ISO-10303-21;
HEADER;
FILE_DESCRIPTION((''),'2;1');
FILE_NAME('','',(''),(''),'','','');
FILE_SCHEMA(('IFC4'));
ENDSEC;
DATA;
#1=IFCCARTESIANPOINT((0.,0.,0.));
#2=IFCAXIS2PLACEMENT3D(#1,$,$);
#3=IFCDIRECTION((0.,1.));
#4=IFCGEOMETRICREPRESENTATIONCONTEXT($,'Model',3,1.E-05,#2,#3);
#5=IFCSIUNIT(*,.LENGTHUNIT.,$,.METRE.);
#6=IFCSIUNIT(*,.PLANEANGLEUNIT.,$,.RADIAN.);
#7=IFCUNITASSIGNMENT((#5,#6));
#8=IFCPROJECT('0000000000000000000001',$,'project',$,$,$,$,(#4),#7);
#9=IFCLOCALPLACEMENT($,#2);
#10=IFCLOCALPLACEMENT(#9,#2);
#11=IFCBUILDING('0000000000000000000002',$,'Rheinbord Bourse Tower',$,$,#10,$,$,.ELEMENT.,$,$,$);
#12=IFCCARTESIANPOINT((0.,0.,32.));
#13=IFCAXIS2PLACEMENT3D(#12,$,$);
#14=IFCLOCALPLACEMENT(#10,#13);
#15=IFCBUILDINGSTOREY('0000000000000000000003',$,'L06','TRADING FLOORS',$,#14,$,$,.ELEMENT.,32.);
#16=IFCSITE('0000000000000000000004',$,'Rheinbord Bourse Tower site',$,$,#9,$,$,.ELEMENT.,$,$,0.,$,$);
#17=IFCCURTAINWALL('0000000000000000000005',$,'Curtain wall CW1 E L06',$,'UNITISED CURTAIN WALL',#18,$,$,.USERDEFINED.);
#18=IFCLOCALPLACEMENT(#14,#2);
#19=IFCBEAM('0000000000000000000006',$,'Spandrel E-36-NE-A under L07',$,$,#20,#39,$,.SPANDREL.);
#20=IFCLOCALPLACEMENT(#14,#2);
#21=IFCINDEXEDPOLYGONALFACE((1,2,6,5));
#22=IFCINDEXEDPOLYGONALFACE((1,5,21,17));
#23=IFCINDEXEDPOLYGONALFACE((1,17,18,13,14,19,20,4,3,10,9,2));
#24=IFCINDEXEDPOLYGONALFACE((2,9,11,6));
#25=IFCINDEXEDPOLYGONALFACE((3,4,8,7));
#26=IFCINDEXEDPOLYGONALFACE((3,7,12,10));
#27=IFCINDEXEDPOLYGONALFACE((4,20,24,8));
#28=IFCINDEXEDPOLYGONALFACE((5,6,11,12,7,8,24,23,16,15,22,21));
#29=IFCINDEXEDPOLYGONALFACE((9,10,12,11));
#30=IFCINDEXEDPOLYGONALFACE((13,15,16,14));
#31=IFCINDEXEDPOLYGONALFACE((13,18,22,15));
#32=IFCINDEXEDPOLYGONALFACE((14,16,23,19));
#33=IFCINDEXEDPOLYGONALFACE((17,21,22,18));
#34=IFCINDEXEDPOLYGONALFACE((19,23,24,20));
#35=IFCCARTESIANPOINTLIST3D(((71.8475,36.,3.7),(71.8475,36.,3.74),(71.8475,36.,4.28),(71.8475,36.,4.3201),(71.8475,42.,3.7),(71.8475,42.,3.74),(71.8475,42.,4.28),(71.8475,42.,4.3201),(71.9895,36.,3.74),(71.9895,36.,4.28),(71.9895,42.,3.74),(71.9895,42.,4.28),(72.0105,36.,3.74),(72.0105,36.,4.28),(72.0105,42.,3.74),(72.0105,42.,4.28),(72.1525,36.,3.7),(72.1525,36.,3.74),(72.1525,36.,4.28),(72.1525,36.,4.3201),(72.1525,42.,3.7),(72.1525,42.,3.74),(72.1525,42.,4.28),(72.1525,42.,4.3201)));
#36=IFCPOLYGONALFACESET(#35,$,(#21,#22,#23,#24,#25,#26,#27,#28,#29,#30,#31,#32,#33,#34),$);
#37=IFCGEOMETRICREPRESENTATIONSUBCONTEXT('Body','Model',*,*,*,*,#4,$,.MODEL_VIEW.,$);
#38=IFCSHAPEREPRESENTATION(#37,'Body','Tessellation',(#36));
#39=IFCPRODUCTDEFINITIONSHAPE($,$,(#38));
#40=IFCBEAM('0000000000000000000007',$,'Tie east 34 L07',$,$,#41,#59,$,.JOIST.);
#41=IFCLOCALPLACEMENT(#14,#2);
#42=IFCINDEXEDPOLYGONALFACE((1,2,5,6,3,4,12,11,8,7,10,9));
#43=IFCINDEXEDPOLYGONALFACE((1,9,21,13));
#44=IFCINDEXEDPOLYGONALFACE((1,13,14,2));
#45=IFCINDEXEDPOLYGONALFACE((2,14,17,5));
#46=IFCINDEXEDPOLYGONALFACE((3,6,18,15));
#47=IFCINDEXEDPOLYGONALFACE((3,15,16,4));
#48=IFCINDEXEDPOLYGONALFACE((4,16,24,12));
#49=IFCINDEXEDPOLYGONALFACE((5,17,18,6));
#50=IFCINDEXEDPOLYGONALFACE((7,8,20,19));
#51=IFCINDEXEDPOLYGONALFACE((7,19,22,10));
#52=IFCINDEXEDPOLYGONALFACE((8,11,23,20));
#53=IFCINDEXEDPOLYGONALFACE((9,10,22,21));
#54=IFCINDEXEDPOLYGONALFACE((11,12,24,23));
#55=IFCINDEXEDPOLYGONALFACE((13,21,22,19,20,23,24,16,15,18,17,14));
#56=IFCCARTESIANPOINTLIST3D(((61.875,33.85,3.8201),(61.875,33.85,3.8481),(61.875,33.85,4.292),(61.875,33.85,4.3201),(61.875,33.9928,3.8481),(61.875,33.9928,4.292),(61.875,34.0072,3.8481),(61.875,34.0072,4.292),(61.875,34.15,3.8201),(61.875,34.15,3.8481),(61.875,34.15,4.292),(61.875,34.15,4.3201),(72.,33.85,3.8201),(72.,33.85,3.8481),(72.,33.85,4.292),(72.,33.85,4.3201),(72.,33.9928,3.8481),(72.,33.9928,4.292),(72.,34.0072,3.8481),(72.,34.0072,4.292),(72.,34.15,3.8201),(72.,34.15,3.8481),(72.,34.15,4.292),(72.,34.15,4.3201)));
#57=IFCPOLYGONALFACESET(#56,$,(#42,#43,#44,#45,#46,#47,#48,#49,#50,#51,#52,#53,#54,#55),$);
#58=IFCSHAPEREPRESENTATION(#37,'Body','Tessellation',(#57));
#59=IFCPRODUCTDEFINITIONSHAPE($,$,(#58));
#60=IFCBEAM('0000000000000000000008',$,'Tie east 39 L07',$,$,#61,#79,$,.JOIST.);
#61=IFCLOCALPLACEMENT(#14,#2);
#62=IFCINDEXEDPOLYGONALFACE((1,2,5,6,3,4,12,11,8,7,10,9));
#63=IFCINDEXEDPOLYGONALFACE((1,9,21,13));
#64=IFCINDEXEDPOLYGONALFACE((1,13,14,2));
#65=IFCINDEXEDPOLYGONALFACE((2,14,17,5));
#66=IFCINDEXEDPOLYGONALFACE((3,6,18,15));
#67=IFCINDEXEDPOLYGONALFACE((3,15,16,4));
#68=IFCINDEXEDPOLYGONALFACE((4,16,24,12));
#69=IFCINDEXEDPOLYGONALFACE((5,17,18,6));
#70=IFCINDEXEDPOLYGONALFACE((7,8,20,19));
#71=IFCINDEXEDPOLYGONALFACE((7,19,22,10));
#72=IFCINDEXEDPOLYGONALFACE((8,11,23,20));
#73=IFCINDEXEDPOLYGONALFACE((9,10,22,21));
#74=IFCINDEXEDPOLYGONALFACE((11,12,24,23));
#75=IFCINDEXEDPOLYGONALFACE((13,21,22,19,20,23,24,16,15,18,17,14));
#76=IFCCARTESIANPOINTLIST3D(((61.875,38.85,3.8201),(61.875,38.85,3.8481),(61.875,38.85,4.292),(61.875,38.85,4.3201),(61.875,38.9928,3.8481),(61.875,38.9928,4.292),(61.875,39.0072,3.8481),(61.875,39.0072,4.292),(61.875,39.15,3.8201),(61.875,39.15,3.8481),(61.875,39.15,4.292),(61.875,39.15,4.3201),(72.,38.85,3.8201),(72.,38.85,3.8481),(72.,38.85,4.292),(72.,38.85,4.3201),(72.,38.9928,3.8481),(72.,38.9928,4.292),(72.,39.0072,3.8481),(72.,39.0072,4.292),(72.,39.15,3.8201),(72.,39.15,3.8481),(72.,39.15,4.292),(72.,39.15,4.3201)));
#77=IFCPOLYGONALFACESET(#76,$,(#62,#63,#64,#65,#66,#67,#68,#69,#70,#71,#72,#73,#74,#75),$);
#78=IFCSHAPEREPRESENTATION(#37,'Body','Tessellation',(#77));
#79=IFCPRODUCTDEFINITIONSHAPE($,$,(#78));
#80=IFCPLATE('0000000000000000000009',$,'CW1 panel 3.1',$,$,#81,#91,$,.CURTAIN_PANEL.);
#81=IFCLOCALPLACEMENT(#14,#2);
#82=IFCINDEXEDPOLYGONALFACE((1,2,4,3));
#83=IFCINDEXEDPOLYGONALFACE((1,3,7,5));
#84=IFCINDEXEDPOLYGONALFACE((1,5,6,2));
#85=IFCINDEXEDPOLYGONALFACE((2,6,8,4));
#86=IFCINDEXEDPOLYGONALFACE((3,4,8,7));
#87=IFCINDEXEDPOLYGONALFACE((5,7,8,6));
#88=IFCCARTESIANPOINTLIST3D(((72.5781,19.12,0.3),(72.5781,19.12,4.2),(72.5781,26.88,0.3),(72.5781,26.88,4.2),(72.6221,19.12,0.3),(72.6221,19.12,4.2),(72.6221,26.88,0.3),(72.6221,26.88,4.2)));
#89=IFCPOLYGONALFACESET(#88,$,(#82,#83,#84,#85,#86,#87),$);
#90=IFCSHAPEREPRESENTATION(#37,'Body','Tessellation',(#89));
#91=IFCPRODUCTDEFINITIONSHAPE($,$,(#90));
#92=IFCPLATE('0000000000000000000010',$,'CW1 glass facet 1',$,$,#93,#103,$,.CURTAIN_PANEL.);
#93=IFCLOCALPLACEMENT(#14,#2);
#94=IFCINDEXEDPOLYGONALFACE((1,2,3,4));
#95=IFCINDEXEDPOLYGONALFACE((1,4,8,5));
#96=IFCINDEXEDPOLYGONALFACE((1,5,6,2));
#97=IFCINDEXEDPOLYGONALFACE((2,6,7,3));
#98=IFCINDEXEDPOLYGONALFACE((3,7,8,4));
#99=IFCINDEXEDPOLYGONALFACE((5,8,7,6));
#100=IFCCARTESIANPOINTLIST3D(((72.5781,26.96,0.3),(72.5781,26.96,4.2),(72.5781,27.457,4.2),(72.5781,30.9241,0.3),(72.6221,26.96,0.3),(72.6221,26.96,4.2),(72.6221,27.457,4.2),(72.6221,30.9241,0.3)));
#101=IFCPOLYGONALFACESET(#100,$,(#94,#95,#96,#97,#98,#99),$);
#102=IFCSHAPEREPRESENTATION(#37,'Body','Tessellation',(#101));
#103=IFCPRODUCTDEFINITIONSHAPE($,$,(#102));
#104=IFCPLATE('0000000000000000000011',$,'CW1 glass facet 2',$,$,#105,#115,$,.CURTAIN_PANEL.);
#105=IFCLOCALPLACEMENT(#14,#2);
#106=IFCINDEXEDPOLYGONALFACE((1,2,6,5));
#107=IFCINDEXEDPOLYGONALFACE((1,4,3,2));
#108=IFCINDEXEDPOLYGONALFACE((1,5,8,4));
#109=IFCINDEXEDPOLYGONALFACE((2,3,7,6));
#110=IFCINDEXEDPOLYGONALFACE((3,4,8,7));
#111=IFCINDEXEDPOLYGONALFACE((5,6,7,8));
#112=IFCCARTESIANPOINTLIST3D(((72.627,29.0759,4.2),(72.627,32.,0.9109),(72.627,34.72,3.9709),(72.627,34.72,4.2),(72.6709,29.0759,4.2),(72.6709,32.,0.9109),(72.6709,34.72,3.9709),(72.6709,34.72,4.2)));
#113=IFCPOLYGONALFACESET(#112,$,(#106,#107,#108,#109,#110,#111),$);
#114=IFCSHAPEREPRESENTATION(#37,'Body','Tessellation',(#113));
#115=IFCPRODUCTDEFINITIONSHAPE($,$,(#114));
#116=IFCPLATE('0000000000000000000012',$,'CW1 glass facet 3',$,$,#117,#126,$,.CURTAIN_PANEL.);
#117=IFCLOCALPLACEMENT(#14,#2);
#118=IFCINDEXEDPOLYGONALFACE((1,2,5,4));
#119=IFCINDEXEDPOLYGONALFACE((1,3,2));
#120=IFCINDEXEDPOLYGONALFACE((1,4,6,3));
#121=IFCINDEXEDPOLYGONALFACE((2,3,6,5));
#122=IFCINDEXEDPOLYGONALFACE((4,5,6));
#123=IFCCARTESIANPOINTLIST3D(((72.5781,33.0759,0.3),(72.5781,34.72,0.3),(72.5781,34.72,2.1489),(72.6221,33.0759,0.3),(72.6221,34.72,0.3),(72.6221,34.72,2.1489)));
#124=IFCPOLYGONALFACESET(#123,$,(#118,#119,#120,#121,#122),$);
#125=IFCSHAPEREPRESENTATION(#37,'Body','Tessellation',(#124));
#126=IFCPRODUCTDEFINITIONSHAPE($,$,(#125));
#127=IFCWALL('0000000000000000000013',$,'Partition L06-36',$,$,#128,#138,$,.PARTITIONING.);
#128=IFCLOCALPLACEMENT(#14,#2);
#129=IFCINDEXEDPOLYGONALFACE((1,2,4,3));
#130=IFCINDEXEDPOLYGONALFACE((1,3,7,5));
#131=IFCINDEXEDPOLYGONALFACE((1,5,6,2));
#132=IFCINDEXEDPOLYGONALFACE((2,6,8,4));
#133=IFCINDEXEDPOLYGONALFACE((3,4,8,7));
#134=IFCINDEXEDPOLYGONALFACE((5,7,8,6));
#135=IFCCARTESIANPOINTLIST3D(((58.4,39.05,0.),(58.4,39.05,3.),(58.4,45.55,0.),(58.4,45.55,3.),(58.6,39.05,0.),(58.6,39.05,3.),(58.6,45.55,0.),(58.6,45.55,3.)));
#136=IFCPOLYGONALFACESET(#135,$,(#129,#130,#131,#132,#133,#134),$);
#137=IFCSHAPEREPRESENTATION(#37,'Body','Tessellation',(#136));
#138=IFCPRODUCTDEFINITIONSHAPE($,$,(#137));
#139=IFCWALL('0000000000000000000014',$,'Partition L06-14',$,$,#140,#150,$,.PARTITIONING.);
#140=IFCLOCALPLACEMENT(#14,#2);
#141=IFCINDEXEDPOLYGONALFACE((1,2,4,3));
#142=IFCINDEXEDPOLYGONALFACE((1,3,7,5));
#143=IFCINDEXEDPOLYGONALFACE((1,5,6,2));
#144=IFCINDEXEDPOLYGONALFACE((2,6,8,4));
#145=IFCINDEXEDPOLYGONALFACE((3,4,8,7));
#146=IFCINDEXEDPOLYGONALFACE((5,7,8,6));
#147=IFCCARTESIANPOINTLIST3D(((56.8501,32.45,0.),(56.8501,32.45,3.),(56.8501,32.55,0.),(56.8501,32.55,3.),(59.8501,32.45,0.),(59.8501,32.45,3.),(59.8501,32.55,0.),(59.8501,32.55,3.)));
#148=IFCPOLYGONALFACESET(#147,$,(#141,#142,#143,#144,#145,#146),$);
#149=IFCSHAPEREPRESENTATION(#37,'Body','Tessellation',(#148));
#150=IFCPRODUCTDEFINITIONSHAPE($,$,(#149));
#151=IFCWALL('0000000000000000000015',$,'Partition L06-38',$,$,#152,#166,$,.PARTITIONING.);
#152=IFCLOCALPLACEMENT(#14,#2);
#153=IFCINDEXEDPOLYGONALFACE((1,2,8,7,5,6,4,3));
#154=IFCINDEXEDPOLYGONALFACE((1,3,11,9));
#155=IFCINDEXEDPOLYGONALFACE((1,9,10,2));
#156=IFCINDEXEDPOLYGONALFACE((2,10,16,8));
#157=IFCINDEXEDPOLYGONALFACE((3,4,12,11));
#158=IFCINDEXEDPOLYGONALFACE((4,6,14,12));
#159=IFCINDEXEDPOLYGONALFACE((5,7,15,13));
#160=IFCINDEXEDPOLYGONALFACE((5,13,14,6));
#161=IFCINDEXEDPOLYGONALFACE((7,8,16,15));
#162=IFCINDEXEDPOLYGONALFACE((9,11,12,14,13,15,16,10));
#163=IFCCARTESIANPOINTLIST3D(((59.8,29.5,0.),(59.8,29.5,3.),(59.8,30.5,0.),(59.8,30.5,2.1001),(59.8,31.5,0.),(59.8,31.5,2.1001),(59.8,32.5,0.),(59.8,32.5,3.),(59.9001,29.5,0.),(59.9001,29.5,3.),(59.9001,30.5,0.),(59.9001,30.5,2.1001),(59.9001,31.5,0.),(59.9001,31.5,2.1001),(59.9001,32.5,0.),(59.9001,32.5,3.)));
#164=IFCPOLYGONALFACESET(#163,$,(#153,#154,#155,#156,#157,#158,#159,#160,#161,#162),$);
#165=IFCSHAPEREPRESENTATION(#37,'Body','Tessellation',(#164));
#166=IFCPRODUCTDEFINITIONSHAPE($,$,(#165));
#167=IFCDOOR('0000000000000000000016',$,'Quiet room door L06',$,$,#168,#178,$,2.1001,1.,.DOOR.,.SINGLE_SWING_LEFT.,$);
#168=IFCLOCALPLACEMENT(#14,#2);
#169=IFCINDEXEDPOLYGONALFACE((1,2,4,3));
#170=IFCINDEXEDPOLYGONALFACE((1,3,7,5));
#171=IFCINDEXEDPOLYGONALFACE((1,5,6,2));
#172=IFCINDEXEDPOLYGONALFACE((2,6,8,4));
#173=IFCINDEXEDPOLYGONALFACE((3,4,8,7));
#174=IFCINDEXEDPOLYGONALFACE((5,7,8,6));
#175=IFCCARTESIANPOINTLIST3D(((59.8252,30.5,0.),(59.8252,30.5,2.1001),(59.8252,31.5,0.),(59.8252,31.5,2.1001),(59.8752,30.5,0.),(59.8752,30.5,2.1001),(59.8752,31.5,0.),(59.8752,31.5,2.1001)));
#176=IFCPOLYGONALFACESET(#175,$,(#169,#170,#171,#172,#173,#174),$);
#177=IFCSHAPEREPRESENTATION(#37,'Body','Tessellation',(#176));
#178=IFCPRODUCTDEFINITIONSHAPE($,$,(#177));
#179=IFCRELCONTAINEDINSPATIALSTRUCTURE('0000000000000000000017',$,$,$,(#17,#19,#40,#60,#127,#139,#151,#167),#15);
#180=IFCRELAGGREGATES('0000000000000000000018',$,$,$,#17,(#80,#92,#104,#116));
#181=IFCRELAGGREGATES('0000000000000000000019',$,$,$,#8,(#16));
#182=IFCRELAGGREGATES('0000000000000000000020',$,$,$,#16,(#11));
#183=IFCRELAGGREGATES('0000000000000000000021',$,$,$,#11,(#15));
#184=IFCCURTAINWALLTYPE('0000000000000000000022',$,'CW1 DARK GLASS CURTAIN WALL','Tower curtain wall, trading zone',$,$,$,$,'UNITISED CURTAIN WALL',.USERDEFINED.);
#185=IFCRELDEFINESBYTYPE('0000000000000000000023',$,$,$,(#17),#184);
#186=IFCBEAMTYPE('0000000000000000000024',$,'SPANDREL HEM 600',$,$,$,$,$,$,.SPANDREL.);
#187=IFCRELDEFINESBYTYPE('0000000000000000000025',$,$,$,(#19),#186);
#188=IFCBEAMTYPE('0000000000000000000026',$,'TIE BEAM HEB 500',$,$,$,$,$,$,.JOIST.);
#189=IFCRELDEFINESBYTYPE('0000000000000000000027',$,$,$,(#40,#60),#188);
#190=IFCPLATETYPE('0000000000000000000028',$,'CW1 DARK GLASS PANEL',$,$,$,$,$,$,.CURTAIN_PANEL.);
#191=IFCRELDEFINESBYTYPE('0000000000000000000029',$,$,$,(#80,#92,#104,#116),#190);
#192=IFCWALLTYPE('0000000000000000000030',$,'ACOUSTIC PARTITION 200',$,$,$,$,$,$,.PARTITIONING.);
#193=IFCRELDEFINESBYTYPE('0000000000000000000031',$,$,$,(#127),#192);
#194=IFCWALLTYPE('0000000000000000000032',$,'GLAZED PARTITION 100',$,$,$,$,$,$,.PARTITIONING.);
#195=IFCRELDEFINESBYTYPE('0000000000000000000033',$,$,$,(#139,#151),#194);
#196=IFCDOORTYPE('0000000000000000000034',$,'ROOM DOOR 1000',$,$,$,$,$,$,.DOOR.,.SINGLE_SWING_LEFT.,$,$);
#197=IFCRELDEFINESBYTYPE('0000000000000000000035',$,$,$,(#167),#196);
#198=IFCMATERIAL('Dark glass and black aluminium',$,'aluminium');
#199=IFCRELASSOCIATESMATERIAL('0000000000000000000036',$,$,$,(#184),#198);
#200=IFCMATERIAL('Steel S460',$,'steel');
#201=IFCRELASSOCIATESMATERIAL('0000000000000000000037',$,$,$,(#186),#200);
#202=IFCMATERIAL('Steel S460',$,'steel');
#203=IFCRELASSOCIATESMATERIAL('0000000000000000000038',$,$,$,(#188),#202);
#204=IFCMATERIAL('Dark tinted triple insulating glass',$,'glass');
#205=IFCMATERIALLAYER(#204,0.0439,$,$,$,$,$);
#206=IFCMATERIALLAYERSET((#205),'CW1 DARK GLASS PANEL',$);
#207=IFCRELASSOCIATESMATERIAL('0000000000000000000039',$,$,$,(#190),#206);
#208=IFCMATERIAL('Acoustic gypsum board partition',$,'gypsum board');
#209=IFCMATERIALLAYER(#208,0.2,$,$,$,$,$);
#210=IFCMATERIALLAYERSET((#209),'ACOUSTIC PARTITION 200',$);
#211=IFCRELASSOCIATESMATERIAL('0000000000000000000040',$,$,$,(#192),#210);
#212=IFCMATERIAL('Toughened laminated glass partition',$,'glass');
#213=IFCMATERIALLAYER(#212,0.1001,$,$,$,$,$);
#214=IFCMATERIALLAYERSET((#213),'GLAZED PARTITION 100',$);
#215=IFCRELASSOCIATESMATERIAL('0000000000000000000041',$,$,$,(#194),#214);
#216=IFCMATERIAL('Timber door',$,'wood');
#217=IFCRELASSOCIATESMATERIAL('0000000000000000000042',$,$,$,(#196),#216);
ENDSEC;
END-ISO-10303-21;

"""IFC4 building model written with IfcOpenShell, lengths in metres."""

from ifc_helpers import new_model, si_unit, direction, frame, frame_2d, origin, origin_2d, place, context, subcontext, project, spatial, polyline, rectangle, i_section, outline, extrude, material, layer, layer_set, material_profile, profile_set, type_object, element, fill, aggregate, save


model = new_model("IFC4")

# Units and contexts
model_context = context("Model", 3, precision=1e-05, world=origin(), true_north=direction((0.0, 1.0)))
body_context = subcontext(model_context, "Body", "Model", "MODEL_VIEW")
ifc_project = project(units=[si_unit("LENGTHUNIT", "METRE"), si_unit("PLANEANGLEUNIT", "RADIAN")], contexts=[model_context])

# Site, building, storey
site_placement = place(None, origin())
site = spatial("IfcSite", under=ifc_project, at=site_placement, Name="Rheinbord Bourse Tower site", CompositionType="ELEMENT", RefElevation=0.0)
building_placement = place(site_placement, origin())
building = spatial("IfcBuilding", under=site, at=building_placement, Name="Rheinbord Bourse Tower", CompositionType="ELEMENT")
storey_placement = place(building_placement, frame((0.0, 0.0, 32.0)))
storey = spatial("IfcBuildingStorey", under=building, at=storey_placement, Name="L06", Description="TRADING FLOORS", CompositionType="ELEMENT", Elevation=32.0)

# Curtain wall
ifc_material_1 = material(Name="Dark glass and black aluminium", Category="aluminium")
curtain_wall_type = type_object("IfcCurtainWallType", Name="CW1 DARK GLASS CURTAIN WALL", Description="Tower curtain wall, trading zone", ElementType="UNITISED CURTAIN WALL", PredefinedType="USERDEFINED", material=ifc_material_1)
curtain_wall_placement = place(storey_placement, origin())
curtain_wall = element("IfcCurtainWall", 1, at=curtain_wall_placement, inside=storey, type_object=curtain_wall_type, Name="Curtain wall CW1 E L06", ObjectType="UNITISED CURTAIN WALL", PredefinedType="USERDEFINED")

# Beams
ifc_material_2 = material(Name="Steel S460", Category="steel")
ifc_material_profile_1 = material_profile(ifc_material_2, i_section(OverallWidth=0.3049, OverallDepth=0.6201, WebThickness=0.021, FlangeThickness=0.04, at=origin_2d()), Name="HEM 600")
ifc_profile_set_1 = profile_set([ifc_material_profile_1], Name="Steel S460")
beam_type_1 = type_object("IfcBeamType", Name="SPANDREL HEM 600", PredefinedType="SPANDREL", material=ifc_profile_set_1)
beam_placement = place(storey_placement, frame((72.0, 36.0, 4.01), z_axis=(0.0, 1.0, 0.0), x_axis=(-1.0, 0.0, 0.0)))
element("IfcBeam", 2, at=beam_placement, inside=storey, type_object=beam_type_1, Name="Spandrel E-36-NE-A under L07", PredefinedType="SPANDREL", context=body_context, shape_type="SweptSolid", body=[
    extrude(i_section(OverallWidth=0.3049, OverallDepth=0.6201, WebThickness=0.021, FlangeThickness=0.04, at=origin_2d()), origin(), (0.0, 0.0, 1.0), 6.0),
])
ifc_material_3 = material(Name="Steel S460", Category="steel")
ifc_material_profile_2 = material_profile(ifc_material_3, i_section(OverallWidth=0.3, OverallDepth=0.5, WebThickness=0.0144, FlangeThickness=0.0281, at=origin_2d()), Name="HEB 500")
ifc_profile_set_2 = profile_set([ifc_material_profile_2], Name="Steel S460")
beam_type_2 = type_object("IfcBeamType", Name="TIE BEAM HEB 500", PredefinedType="JOIST", material=ifc_profile_set_2)
for number, where, z_axis, x_axis, name in (
    (3, (61.875, 34.0, 4.0701), (1.0, 0.0, 0.0), (0.0, 1.0, 0.0), "Tie east 34 L07"),
    (4, (61.875, 39.0, 4.0701), (1.0, 0.0, 0.0), (0.0, 1.0, 0.0), "Tie east 39 L07"),
):
    element("IfcBeam", number, at=place(storey_placement, frame(where, z_axis=z_axis, x_axis=x_axis)), inside=storey, type_object=beam_type_2, Name=name, PredefinedType="JOIST", context=body_context, shape_type="SweptSolid", body=[
        extrude(i_section(OverallWidth=0.3, OverallDepth=0.5, WebThickness=0.0144, FlangeThickness=0.0281, at=origin_2d()), origin(), (0.0, 0.0, 1.0), 10.125),
    ])

# Plates
ifc_material_4 = material(Name="Dark tinted triple insulating glass", Category="glass")
ifc_layer_1 = layer(ifc_material_4, 0.0439)
ifc_layer_set_1 = layer_set([ifc_layer_1], Name="CW1 DARK GLASS PANEL")
plate_type = type_object("IfcPlateType", Name="CW1 DARK GLASS PANEL", PredefinedType="CURTAIN_PANEL", material=ifc_layer_set_1)
plate_1_placement = place(storey_placement, frame((72.6001, 23.0, 0.3), z_axis=(0.0, 0.0, 1.0), x_axis=(0.0, 1.0, 0.0)))
plate_1 = element("IfcPlate", 5, at=plate_1_placement, type_object=plate_type, Name="CW1 panel 3.1", PredefinedType="CURTAIN_PANEL", context=body_context, shape_type="SweptSolid", body=[
    extrude(rectangle(XDim=7.76, YDim=0.0439, at=origin_2d()), origin(), (0.0, 0.0, 1.0), 3.8999),
])
plate_2_placement = place(storey_placement, frame((72.6221, 26.96, 0.3), z_axis=(-1.0, 0.0, 0.0), x_axis=(0.0, 0.0, 1.0)))
plate_2 = element("IfcPlate", 6, at=plate_2_placement, type_object=plate_type, Name="CW1 glass facet 1", PredefinedType="CURTAIN_PANEL", context=body_context, shape_type="SweptSolid", body=[
    extrude(outline(polyline([(0.0, 0.0), (3.8999, 0.0), (3.8999, 0.4971), (0.0, 3.9641), (0.0, 0.0)])), origin(), (0.0, 0.0, 1.0), 0.0439),
])
plate_3_placement = place(storey_placement, frame((72.6709, 34.72, 4.2), z_axis=(-1.0, 0.0, 0.0), x_axis=(0.0, 0.0, -1.0)))
plate_3 = element("IfcPlate", 7, at=plate_3_placement, type_object=plate_type, Name="CW1 glass facet 2", PredefinedType="CURTAIN_PANEL", context=body_context, shape_type="SweptSolid", body=[
    extrude(outline(polyline([(0.0, 0.0), (0.229, 0.0), (3.2891, 2.72), (0.0, 5.644), (0.0, 0.0)])), origin(), (0.0, 0.0, 1.0), 0.0439),
])
plate_4_placement = place(storey_placement, frame((72.6221, 34.72, 0.3), z_axis=(-1.0, 0.0, 0.0), x_axis=(0.0, -1.0, 0.0)))
plate_4 = element("IfcPlate", 8, at=plate_4_placement, type_object=plate_type, Name="CW1 glass facet 3", PredefinedType="CURTAIN_PANEL", context=body_context, shape_type="SweptSolid", body=[
    extrude(outline(polyline([(0.0, 0.0), (1.644, 0.0), (0.0, 1.8489), (0.0, 0.0)])), origin(), (0.0, 0.0, 1.0), 0.0439),
])
aggregate(curtain_wall, [plate_1, plate_2, plate_3, plate_4])

# Walls
ifc_material_5 = material(Name="Acoustic gypsum board partition", Category="gypsum board")
ifc_layer_2 = layer(ifc_material_5, 0.2)
ifc_layer_set_2 = layer_set([ifc_layer_2], Name="ACOUSTIC PARTITION 200")
wall_type_1 = type_object("IfcWallType", Name="ACOUSTIC PARTITION 200", PredefinedType="PARTITIONING", material=ifc_layer_set_2)
wall_1_placement = place(storey_placement, frame((58.5, 39.05, 0.0), z_axis=(0.0, 0.0, 1.0), x_axis=(0.0, 1.0, 0.0)))
element("IfcWall", 9, at=wall_1_placement, inside=storey, type_object=wall_type_1, Name="Partition L06-36", PredefinedType="PARTITIONING", context=body_context, shape_type="SweptSolid", body=[
    extrude(rectangle(XDim=6.5, YDim=0.2, at=frame_2d((3.25, 0.0))), origin(), (0.0, 0.0, 1.0), 3.0),
])
ifc_material_6 = material(Name="Toughened laminated glass partition", Category="glass")
ifc_layer_3 = layer(ifc_material_6, 0.1001)
ifc_layer_set_3 = layer_set([ifc_layer_3], Name="GLAZED PARTITION 100")
wall_type_2 = type_object("IfcWallType", Name="GLAZED PARTITION 100", PredefinedType="PARTITIONING", material=ifc_layer_set_3)
wall_2_placement = place(storey_placement, frame((56.8501, 32.5, 0.0), z_axis=(0.0, 0.0, 1.0), x_axis=(1.0, 0.0, 0.0)))
element("IfcWall", 10, at=wall_2_placement, inside=storey, type_object=wall_type_2, Name="Partition L06-14", PredefinedType="PARTITIONING", context=body_context, shape_type="SweptSolid", body=[
    extrude(rectangle(XDim=3.0, YDim=0.1001, at=frame_2d((1.5, 0.0))), origin(), (0.0, 0.0, 1.0), 3.0),
])

# Wall, opening, door
wall_3_placement = place(storey_placement, frame((59.8501, 29.5, 0.0), z_axis=(0.0, 0.0, 1.0), x_axis=(0.0, 1.0, 0.0)))
wall_3 = element("IfcWall", 11, at=wall_3_placement, inside=storey, type_object=wall_type_2, Name="Partition L06-38", PredefinedType="PARTITIONING", context=body_context, shape_type="SweptSolid", body=[
    extrude(rectangle(XDim=3.0, YDim=0.1001, at=frame_2d((1.5, 0.0))), origin(), (0.0, 0.0, 1.0), 3.0),
])
opening_1_placement = place(wall_3_placement, frame((1.0, 0.0, 0.0)))
opening_1 = element("IfcOpeningElement", 12, at=opening_1_placement, cuts=wall_3, PredefinedType="OPENING", context=body_context, shape_type="SweptSolid", body=[
    extrude(rectangle(XDim=1.0, YDim=2.1001, at=frame_2d((0.5, 1.05))), frame((0.0, 0.0601, 0.0), z_axis=(0.0, -1.0, 0.0), x_axis=(1.0, 0.0, 0.0)), (0.0, 0.0, 1.0), 0.1201),
])
ifc_material_7 = material(Name="Timber door", Category="wood")
door_type = type_object("IfcDoorType", Name="ROOM DOOR 1000", OperationType="SINGLE_SWING_LEFT", PredefinedType="DOOR", material=ifc_material_7)
door_1_placement = place(opening_1_placement, origin())
door_1 = element("IfcDoor", 13, at=door_1_placement, inside=storey, type_object=door_type, Name="Quiet room door L06", OperationType="SINGLE_SWING_LEFT", OverallHeight=2.1001, OverallWidth=1.0, PredefinedType="DOOR", context=body_context, shape_type="SweptSolid", body=[
    extrude(rectangle(XDim=1.0, YDim=2.1001, at=frame_2d((0.5, 1.05))), frame((0.0, 0.0249, 0.0), z_axis=(0.0, -1.0, 0.0), x_axis=(1.0, 0.0, 0.0)), (0.0, 0.0, 1.0), 0.05),
])
fill(opening_1, door_1)

save(model, "model.ifc")
